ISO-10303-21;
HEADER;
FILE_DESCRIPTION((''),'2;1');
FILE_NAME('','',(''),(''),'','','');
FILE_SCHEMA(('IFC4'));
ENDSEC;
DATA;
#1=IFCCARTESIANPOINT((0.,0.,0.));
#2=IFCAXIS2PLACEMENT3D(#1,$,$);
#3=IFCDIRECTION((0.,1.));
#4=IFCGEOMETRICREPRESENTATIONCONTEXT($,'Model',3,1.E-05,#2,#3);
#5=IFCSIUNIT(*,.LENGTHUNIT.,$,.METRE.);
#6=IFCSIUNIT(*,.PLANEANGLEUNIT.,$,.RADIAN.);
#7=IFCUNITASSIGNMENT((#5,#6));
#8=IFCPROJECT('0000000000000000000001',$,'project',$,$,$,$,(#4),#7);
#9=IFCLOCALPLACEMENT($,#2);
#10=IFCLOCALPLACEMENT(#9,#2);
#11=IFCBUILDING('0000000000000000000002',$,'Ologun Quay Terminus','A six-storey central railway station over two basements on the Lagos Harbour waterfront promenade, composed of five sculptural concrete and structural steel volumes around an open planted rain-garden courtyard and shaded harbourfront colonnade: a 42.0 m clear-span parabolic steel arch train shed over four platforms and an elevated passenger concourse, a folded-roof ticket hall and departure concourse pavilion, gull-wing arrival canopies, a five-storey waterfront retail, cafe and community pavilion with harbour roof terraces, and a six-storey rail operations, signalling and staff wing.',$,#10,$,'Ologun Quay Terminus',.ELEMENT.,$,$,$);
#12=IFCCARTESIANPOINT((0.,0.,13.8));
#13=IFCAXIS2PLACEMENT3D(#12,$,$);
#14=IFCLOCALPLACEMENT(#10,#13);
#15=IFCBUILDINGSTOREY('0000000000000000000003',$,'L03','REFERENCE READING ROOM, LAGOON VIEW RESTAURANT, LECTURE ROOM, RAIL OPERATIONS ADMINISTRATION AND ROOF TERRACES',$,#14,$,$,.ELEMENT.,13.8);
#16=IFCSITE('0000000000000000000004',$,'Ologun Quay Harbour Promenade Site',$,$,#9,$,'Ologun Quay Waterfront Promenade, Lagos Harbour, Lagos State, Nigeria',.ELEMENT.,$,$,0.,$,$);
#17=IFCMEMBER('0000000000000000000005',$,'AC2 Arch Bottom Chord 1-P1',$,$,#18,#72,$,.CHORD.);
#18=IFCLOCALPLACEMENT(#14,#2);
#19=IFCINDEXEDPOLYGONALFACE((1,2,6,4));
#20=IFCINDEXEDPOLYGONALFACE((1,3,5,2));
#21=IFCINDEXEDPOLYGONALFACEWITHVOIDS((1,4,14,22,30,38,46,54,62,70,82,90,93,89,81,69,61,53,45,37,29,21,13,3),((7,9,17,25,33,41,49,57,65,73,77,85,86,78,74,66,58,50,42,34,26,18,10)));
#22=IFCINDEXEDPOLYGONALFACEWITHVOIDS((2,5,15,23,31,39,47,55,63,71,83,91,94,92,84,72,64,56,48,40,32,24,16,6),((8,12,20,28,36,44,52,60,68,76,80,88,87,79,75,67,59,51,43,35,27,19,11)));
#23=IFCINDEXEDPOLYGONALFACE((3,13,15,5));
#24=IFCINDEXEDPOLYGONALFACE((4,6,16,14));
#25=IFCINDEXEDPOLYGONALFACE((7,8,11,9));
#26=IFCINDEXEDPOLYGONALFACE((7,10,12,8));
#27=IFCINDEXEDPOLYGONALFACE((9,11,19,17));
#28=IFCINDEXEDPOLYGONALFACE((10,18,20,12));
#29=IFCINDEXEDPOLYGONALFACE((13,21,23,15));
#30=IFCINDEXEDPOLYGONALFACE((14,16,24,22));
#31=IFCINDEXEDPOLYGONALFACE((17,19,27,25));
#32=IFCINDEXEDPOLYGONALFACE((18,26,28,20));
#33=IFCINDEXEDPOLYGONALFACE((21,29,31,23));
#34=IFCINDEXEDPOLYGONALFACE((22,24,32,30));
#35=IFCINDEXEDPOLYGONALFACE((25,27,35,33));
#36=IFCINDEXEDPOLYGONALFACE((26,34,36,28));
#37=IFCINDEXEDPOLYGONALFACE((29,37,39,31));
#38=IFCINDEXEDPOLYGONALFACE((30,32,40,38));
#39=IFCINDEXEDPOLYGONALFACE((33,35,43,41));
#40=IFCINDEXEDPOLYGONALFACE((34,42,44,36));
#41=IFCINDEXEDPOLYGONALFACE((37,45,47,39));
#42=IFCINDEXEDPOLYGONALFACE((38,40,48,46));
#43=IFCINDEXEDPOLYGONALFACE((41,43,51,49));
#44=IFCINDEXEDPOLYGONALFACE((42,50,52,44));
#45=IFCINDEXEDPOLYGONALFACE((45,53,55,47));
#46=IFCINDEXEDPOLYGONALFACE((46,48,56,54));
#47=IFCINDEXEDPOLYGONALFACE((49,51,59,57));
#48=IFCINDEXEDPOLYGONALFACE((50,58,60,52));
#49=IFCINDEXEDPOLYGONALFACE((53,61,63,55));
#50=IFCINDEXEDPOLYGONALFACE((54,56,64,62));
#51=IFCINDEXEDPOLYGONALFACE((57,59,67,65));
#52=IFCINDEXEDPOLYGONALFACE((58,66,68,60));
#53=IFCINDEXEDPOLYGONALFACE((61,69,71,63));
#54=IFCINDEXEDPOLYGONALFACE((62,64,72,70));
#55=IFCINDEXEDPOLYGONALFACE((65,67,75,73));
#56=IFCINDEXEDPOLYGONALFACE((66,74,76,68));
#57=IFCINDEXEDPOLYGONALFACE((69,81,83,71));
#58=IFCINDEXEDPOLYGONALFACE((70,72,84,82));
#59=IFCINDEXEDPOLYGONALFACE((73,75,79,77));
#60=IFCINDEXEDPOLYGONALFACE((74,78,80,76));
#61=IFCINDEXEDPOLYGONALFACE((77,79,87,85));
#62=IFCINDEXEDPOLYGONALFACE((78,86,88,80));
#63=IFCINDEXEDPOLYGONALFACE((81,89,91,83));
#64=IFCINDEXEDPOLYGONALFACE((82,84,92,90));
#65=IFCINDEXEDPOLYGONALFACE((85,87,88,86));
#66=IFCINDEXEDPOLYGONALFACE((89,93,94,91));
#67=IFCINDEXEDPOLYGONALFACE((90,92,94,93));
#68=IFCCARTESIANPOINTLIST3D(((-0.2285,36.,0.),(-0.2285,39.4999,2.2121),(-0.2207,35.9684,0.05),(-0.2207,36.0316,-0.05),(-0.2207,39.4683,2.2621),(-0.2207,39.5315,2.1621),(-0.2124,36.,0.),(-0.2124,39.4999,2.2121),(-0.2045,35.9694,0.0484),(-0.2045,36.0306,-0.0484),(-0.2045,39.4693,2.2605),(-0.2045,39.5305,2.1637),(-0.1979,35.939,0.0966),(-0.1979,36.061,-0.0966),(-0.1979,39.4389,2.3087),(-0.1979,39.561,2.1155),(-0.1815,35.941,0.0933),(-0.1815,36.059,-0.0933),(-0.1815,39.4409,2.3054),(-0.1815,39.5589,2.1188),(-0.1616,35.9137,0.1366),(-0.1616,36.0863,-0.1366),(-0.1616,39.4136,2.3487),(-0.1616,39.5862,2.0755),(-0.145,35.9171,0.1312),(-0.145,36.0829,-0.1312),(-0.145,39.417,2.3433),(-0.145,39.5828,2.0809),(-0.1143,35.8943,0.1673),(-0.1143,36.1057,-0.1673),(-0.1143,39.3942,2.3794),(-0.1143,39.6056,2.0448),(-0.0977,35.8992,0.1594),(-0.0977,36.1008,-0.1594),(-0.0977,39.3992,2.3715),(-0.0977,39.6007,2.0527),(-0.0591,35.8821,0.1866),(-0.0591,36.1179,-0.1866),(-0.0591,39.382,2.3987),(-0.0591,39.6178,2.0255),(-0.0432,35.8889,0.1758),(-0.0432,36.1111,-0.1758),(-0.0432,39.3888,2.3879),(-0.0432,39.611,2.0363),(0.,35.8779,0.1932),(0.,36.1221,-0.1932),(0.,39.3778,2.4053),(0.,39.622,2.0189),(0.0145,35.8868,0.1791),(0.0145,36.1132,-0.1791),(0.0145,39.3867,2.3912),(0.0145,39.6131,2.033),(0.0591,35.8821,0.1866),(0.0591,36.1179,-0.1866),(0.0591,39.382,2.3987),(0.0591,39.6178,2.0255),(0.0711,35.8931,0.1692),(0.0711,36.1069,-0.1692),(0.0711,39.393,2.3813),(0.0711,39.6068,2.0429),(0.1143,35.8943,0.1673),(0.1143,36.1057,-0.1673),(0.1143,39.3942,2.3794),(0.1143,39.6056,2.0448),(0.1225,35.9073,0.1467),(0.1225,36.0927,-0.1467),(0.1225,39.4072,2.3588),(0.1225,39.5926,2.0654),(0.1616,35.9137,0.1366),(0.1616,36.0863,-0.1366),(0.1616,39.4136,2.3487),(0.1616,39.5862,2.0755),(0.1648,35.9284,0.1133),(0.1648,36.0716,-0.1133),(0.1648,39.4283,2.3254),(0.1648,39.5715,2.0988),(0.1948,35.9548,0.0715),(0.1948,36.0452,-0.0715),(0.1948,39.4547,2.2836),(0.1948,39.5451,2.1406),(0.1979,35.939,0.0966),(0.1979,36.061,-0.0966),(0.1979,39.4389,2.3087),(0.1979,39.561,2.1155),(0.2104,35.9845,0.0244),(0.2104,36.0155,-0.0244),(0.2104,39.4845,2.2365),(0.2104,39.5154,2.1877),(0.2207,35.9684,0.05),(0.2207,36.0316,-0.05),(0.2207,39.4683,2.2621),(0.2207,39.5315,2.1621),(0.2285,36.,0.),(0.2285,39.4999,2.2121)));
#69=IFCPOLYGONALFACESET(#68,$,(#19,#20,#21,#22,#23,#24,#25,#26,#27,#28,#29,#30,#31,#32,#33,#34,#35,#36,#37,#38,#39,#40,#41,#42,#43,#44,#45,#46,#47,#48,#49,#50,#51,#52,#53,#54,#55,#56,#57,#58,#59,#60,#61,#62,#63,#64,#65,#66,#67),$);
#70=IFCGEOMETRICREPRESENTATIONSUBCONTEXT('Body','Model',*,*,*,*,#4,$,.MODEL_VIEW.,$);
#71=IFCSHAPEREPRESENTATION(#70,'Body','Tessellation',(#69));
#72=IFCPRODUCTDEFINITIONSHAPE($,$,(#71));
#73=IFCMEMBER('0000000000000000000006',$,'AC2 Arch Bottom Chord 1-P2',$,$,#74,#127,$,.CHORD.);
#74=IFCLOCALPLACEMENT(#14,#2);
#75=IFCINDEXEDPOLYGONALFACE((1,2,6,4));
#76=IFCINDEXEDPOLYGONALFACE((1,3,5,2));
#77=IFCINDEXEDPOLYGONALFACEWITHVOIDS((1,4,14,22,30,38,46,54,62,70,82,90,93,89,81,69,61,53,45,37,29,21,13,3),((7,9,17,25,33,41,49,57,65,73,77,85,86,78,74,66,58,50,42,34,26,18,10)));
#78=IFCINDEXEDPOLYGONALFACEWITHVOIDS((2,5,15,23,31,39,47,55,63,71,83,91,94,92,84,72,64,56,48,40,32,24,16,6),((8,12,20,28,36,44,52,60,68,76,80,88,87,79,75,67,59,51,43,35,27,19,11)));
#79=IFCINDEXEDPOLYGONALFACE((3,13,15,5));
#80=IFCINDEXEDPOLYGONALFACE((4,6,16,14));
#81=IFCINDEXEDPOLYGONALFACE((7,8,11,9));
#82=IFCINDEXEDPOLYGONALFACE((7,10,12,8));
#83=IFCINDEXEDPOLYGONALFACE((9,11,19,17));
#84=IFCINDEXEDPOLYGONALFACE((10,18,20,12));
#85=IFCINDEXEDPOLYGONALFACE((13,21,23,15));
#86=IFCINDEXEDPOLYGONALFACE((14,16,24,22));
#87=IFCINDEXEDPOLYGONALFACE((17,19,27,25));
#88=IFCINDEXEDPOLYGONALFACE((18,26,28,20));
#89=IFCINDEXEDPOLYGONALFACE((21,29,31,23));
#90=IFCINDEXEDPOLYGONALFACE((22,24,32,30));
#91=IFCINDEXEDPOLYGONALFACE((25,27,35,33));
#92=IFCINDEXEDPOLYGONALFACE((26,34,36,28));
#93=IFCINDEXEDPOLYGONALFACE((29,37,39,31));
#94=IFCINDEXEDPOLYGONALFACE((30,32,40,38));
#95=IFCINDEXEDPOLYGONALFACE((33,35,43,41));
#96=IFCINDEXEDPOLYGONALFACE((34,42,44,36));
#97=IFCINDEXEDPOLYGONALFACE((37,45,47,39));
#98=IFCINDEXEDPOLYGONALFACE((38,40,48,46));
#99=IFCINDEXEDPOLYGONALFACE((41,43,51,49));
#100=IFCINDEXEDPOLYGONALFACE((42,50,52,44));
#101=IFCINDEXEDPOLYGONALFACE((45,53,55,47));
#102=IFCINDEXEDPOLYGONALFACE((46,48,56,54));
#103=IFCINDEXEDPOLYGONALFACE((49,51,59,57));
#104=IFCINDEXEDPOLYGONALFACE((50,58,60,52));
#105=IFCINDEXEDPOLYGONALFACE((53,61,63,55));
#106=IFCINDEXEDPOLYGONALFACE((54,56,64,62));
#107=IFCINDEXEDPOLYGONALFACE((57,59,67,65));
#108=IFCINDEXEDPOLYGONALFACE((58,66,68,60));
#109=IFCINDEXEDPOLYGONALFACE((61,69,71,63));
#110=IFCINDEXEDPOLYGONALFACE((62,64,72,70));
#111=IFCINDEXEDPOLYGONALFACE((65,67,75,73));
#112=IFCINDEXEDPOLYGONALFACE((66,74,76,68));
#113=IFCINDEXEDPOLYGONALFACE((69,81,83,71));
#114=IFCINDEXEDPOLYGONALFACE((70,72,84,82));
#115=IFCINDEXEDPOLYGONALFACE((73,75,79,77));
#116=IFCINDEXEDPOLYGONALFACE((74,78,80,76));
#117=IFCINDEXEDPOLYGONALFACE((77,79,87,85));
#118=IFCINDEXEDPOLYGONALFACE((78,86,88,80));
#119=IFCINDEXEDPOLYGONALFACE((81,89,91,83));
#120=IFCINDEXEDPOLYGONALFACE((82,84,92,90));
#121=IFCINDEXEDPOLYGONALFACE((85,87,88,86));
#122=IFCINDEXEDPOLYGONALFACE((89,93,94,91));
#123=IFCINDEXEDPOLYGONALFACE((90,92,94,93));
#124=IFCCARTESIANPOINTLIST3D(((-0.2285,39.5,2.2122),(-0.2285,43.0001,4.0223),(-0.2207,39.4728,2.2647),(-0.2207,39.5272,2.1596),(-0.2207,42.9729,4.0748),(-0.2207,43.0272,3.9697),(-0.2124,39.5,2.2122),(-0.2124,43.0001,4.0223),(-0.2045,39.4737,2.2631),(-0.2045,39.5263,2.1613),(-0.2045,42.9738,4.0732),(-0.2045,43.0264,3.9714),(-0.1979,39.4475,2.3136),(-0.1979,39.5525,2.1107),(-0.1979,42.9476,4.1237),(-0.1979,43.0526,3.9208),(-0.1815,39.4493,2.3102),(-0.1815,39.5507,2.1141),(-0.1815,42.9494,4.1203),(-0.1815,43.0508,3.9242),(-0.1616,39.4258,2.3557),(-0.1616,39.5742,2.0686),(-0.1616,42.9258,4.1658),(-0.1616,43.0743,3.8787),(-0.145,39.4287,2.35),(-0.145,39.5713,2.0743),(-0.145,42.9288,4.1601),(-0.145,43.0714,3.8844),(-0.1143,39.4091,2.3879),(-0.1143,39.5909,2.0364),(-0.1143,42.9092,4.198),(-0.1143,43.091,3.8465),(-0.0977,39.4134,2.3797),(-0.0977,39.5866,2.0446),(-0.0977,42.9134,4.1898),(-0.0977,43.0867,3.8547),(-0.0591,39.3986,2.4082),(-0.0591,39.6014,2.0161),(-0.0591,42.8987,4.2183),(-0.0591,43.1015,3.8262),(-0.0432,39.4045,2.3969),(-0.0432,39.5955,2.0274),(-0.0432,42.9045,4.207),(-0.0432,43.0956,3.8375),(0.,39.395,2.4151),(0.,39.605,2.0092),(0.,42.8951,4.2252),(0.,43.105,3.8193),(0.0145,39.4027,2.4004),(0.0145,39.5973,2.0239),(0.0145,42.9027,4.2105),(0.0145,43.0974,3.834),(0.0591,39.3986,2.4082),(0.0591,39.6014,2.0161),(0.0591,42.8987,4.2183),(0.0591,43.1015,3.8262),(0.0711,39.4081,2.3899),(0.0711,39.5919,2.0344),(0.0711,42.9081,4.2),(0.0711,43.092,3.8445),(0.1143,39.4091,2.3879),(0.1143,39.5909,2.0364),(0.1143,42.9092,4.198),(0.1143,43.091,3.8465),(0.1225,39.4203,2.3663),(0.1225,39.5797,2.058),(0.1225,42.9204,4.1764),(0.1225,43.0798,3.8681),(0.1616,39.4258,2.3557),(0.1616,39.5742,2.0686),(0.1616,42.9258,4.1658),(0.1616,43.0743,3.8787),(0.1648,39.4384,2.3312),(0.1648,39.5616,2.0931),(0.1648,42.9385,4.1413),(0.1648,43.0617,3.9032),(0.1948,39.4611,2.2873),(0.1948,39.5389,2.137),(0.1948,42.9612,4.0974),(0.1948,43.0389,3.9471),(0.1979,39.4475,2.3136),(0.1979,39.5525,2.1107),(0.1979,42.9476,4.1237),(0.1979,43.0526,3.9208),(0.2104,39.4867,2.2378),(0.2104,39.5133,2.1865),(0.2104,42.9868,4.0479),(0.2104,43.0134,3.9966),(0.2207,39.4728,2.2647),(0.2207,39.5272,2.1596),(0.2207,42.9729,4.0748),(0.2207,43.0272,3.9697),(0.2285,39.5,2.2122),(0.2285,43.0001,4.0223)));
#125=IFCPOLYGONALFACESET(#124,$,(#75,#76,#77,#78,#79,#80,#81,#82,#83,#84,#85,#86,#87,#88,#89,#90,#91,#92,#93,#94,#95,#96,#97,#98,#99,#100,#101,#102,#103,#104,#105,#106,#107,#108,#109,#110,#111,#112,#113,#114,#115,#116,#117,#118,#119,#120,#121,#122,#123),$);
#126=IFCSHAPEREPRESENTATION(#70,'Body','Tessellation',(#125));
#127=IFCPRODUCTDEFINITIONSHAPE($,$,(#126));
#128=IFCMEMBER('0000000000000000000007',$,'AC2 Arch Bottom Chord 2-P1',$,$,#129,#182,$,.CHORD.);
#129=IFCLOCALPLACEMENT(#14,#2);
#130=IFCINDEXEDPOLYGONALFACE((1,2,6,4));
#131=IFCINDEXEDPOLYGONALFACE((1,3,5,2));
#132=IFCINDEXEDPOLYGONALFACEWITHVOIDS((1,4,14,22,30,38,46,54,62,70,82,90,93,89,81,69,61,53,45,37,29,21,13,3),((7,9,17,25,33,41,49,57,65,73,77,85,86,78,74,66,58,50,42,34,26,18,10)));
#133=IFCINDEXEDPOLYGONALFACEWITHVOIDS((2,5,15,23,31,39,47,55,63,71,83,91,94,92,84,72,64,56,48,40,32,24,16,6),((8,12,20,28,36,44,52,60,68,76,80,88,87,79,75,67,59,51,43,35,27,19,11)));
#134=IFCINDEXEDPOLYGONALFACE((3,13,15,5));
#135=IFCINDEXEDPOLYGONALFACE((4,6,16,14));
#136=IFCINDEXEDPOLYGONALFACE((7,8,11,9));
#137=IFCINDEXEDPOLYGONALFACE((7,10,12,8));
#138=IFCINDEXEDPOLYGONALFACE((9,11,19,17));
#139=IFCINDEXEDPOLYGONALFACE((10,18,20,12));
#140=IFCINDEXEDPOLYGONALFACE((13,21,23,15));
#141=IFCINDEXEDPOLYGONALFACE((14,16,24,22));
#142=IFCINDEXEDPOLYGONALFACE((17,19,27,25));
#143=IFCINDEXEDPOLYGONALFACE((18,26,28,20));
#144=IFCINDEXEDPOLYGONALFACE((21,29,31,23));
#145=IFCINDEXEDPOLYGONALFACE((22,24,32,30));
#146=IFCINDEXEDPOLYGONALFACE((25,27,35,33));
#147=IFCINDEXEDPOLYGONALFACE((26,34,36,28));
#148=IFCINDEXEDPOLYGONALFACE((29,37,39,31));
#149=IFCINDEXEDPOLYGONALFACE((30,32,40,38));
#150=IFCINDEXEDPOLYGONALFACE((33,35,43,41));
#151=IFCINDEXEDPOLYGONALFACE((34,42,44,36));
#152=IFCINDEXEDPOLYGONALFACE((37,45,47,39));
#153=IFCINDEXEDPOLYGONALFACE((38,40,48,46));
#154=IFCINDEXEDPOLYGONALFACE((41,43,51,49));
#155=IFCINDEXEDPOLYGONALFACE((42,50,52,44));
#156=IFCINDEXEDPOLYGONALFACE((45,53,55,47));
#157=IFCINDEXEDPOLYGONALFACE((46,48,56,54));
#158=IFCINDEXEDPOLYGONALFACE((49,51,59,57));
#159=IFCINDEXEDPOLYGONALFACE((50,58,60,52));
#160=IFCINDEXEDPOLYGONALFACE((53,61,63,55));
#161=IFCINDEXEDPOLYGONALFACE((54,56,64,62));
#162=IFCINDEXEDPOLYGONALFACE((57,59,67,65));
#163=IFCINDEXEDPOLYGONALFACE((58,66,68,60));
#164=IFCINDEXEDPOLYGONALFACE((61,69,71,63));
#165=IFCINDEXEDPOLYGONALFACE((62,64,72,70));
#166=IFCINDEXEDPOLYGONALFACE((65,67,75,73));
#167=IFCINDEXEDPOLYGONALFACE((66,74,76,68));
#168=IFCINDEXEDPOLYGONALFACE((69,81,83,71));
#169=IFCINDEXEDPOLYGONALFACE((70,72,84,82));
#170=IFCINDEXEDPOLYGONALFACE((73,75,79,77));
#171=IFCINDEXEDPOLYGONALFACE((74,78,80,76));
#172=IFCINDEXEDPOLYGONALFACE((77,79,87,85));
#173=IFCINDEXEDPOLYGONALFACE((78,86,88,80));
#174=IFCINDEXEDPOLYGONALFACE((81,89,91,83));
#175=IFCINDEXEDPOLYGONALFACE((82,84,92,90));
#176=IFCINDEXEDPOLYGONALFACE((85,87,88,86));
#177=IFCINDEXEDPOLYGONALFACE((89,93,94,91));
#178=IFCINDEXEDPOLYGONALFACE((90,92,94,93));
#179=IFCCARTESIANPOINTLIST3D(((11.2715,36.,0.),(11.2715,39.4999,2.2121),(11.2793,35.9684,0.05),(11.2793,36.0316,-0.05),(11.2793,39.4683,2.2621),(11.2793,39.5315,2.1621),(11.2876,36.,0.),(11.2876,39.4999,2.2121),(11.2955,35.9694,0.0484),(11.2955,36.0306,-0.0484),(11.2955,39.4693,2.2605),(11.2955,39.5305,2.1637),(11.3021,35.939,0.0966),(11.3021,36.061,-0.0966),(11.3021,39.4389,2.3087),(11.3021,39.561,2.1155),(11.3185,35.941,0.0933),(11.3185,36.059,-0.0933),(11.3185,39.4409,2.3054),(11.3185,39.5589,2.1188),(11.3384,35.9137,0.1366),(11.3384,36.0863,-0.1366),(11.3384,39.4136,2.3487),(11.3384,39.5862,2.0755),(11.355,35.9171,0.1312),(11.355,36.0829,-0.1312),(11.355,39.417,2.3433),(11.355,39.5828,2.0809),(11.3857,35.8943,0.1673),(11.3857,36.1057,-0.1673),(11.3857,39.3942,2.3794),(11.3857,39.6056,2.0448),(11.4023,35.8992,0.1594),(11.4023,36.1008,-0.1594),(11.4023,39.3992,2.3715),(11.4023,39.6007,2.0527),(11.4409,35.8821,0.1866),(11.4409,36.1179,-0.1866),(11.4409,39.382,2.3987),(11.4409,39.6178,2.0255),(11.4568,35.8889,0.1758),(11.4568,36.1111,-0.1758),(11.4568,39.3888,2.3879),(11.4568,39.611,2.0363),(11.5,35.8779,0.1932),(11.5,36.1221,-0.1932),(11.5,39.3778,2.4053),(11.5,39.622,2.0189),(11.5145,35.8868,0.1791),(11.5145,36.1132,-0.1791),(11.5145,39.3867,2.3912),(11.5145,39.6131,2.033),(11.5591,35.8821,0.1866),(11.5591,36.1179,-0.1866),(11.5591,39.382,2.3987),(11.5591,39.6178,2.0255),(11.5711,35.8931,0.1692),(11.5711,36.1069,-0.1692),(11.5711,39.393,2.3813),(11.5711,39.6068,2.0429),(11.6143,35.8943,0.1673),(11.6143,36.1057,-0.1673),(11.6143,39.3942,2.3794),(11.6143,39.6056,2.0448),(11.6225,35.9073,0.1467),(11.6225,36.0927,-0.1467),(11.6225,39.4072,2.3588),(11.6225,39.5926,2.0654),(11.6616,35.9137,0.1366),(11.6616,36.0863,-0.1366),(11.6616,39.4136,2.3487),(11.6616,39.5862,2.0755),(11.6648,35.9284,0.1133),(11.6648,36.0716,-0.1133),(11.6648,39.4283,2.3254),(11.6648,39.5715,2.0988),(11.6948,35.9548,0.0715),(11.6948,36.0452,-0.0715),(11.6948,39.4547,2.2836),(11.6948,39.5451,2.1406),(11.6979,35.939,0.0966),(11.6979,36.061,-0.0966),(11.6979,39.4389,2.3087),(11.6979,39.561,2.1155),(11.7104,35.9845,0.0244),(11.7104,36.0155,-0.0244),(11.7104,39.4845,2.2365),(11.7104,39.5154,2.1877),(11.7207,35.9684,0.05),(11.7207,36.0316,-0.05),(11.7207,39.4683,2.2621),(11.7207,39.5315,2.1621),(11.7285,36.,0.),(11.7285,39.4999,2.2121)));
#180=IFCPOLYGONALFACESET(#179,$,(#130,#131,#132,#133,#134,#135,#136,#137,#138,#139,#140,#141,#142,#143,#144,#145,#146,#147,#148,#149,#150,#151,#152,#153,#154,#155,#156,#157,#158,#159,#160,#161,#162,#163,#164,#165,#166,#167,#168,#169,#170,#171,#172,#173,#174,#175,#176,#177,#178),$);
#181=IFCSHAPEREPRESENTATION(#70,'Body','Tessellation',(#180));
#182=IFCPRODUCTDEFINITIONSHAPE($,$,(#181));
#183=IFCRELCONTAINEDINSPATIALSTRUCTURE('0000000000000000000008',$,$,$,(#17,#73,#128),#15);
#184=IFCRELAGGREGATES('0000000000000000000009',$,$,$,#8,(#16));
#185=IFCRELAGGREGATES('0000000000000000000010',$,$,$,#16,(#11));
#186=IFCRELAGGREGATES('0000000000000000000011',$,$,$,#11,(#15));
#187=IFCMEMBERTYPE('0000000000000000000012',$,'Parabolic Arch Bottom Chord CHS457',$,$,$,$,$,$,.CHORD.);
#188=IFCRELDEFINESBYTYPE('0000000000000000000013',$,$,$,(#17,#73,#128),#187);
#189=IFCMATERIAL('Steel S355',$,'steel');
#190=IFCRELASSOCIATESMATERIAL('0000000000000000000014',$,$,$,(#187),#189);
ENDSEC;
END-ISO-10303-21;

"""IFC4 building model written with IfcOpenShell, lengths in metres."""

from ifc_helpers import new_model, si_unit, direction, frame, origin, origin_2d, place, context, subcontext, project, spatial, hollow_circle, extrude, material, material_profile, profile_set, type_object, element, save


model = new_model("IFC4")

# Units and contexts
model_context = context("Model", 3, precision=1e-05, world=origin(), true_north=direction((0.0, 1.0)))
body_context = subcontext(model_context, "Body", "Model", "MODEL_VIEW")
ifc_project = project(units=[si_unit("LENGTHUNIT", "METRE"), si_unit("PLANEANGLEUNIT", "RADIAN")], contexts=[model_context])

# Site, building, storey
site_placement = place(None, origin())
site = spatial("IfcSite", under=ifc_project, at=site_placement, Name="Ologun Quay Harbour Promenade Site", LongName="Ologun Quay Waterfront Promenade, Lagos Harbour, Lagos State, Nigeria", CompositionType="ELEMENT", RefElevation=0.0)
building_placement = place(site_placement, origin())
building = spatial("IfcBuilding", under=site, at=building_placement, Name="Ologun Quay Terminus", Description="A six-storey central railway station over two basements on the Lagos Harbour waterfront promenade, composed of five sculptural concrete and structural steel volumes around an open planted rain-garden courtyard and shaded harbourfront colonnade: a 42.0 m clear-span parabolic steel arch train shed over four platforms and an elevated passenger concourse, a folded-roof ticket hall and departure concourse pavilion, gull-wing arrival canopies, a five-storey waterfront retail, cafe and community pavilion with harbour roof terraces, and a six-storey rail operations, signalling and staff wing.", LongName="Ologun Quay Terminus", CompositionType="ELEMENT")
storey_placement = place(building_placement, frame((0.0, 0.0, 13.8)))
storey = spatial("IfcBuildingStorey", under=building, at=storey_placement, Name="L03", Description="REFERENCE READING ROOM, LAGOON VIEW RESTAURANT, LECTURE ROOM, RAIL OPERATIONS ADMINISTRATION AND ROOF TERRACES", CompositionType="ELEMENT", Elevation=13.8)

# Members
ifc_material_1 = material(Name="Steel S355", Category="steel")
ifc_material_profile_1 = material_profile(ifc_material_1, hollow_circle(Radius=0.2285, WallThickness=0.0161, at=origin_2d()), Name="CHS 457x16")
ifc_profile_set_1 = profile_set([ifc_material_profile_1], Name="Steel S355")
member_type_1 = type_object("IfcMemberType", Name="Parabolic Arch Bottom Chord CHS457", PredefinedType="CHORD", material=ifc_profile_set_1)
member_1_placement = place(storey_placement, frame((0.0, 36.0, 0.0), z_axis=(0.0, 0.845311, 0.534275), x_axis=(-1.0, 0.0, 0.0)))
element("IfcMember", 1, at=member_1_placement, inside=storey, type_object=member_type_1, Name="AC2 Arch Bottom Chord 1-P1", PredefinedType="CHORD", context=body_context, shape_type="SweptSolid", body=[
    extrude(hollow_circle(Radius=0.2285, WallThickness=0.0161, at=origin_2d()), origin(), (0.0, 0.0, 1.0), 4.1404),
])
member_2_placement = place(storey_placement, frame((0.0, 39.5, 2.2122), z_axis=(0.0, 0.888247, 0.459366), x_axis=(-1.0, 0.0, 0.0)))
element("IfcMember", 2, at=member_2_placement, inside=storey, type_object=member_type_1, Name="AC2 Arch Bottom Chord 1-P2", PredefinedType="CHORD", context=body_context, shape_type="SweptSolid", body=[
    extrude(hollow_circle(Radius=0.2285, WallThickness=0.0161, at=origin_2d()), origin(), (0.0, 0.0, 1.0), 3.9404),
])
for number, where, z_axis, x_axis, name in (
    (3, (11.5, 36.0, 0.0), (0.0, 0.845311, 0.534275), (-1.0, 0.0, 0.0), "AC2 Arch Bottom Chord 2-P1"),
):
    element("IfcMember", number, at=place(storey_placement, frame(where, z_axis=z_axis, x_axis=x_axis)), inside=storey, type_object=member_type_1, Name=name, PredefinedType="CHORD", context=body_context, shape_type="SweptSolid", body=[
        extrude(hollow_circle(Radius=0.2285, WallThickness=0.0161, at=origin_2d()), origin(), (0.0, 0.0, 1.0), 4.1404),
    ])

save(model, "model.ifc")
